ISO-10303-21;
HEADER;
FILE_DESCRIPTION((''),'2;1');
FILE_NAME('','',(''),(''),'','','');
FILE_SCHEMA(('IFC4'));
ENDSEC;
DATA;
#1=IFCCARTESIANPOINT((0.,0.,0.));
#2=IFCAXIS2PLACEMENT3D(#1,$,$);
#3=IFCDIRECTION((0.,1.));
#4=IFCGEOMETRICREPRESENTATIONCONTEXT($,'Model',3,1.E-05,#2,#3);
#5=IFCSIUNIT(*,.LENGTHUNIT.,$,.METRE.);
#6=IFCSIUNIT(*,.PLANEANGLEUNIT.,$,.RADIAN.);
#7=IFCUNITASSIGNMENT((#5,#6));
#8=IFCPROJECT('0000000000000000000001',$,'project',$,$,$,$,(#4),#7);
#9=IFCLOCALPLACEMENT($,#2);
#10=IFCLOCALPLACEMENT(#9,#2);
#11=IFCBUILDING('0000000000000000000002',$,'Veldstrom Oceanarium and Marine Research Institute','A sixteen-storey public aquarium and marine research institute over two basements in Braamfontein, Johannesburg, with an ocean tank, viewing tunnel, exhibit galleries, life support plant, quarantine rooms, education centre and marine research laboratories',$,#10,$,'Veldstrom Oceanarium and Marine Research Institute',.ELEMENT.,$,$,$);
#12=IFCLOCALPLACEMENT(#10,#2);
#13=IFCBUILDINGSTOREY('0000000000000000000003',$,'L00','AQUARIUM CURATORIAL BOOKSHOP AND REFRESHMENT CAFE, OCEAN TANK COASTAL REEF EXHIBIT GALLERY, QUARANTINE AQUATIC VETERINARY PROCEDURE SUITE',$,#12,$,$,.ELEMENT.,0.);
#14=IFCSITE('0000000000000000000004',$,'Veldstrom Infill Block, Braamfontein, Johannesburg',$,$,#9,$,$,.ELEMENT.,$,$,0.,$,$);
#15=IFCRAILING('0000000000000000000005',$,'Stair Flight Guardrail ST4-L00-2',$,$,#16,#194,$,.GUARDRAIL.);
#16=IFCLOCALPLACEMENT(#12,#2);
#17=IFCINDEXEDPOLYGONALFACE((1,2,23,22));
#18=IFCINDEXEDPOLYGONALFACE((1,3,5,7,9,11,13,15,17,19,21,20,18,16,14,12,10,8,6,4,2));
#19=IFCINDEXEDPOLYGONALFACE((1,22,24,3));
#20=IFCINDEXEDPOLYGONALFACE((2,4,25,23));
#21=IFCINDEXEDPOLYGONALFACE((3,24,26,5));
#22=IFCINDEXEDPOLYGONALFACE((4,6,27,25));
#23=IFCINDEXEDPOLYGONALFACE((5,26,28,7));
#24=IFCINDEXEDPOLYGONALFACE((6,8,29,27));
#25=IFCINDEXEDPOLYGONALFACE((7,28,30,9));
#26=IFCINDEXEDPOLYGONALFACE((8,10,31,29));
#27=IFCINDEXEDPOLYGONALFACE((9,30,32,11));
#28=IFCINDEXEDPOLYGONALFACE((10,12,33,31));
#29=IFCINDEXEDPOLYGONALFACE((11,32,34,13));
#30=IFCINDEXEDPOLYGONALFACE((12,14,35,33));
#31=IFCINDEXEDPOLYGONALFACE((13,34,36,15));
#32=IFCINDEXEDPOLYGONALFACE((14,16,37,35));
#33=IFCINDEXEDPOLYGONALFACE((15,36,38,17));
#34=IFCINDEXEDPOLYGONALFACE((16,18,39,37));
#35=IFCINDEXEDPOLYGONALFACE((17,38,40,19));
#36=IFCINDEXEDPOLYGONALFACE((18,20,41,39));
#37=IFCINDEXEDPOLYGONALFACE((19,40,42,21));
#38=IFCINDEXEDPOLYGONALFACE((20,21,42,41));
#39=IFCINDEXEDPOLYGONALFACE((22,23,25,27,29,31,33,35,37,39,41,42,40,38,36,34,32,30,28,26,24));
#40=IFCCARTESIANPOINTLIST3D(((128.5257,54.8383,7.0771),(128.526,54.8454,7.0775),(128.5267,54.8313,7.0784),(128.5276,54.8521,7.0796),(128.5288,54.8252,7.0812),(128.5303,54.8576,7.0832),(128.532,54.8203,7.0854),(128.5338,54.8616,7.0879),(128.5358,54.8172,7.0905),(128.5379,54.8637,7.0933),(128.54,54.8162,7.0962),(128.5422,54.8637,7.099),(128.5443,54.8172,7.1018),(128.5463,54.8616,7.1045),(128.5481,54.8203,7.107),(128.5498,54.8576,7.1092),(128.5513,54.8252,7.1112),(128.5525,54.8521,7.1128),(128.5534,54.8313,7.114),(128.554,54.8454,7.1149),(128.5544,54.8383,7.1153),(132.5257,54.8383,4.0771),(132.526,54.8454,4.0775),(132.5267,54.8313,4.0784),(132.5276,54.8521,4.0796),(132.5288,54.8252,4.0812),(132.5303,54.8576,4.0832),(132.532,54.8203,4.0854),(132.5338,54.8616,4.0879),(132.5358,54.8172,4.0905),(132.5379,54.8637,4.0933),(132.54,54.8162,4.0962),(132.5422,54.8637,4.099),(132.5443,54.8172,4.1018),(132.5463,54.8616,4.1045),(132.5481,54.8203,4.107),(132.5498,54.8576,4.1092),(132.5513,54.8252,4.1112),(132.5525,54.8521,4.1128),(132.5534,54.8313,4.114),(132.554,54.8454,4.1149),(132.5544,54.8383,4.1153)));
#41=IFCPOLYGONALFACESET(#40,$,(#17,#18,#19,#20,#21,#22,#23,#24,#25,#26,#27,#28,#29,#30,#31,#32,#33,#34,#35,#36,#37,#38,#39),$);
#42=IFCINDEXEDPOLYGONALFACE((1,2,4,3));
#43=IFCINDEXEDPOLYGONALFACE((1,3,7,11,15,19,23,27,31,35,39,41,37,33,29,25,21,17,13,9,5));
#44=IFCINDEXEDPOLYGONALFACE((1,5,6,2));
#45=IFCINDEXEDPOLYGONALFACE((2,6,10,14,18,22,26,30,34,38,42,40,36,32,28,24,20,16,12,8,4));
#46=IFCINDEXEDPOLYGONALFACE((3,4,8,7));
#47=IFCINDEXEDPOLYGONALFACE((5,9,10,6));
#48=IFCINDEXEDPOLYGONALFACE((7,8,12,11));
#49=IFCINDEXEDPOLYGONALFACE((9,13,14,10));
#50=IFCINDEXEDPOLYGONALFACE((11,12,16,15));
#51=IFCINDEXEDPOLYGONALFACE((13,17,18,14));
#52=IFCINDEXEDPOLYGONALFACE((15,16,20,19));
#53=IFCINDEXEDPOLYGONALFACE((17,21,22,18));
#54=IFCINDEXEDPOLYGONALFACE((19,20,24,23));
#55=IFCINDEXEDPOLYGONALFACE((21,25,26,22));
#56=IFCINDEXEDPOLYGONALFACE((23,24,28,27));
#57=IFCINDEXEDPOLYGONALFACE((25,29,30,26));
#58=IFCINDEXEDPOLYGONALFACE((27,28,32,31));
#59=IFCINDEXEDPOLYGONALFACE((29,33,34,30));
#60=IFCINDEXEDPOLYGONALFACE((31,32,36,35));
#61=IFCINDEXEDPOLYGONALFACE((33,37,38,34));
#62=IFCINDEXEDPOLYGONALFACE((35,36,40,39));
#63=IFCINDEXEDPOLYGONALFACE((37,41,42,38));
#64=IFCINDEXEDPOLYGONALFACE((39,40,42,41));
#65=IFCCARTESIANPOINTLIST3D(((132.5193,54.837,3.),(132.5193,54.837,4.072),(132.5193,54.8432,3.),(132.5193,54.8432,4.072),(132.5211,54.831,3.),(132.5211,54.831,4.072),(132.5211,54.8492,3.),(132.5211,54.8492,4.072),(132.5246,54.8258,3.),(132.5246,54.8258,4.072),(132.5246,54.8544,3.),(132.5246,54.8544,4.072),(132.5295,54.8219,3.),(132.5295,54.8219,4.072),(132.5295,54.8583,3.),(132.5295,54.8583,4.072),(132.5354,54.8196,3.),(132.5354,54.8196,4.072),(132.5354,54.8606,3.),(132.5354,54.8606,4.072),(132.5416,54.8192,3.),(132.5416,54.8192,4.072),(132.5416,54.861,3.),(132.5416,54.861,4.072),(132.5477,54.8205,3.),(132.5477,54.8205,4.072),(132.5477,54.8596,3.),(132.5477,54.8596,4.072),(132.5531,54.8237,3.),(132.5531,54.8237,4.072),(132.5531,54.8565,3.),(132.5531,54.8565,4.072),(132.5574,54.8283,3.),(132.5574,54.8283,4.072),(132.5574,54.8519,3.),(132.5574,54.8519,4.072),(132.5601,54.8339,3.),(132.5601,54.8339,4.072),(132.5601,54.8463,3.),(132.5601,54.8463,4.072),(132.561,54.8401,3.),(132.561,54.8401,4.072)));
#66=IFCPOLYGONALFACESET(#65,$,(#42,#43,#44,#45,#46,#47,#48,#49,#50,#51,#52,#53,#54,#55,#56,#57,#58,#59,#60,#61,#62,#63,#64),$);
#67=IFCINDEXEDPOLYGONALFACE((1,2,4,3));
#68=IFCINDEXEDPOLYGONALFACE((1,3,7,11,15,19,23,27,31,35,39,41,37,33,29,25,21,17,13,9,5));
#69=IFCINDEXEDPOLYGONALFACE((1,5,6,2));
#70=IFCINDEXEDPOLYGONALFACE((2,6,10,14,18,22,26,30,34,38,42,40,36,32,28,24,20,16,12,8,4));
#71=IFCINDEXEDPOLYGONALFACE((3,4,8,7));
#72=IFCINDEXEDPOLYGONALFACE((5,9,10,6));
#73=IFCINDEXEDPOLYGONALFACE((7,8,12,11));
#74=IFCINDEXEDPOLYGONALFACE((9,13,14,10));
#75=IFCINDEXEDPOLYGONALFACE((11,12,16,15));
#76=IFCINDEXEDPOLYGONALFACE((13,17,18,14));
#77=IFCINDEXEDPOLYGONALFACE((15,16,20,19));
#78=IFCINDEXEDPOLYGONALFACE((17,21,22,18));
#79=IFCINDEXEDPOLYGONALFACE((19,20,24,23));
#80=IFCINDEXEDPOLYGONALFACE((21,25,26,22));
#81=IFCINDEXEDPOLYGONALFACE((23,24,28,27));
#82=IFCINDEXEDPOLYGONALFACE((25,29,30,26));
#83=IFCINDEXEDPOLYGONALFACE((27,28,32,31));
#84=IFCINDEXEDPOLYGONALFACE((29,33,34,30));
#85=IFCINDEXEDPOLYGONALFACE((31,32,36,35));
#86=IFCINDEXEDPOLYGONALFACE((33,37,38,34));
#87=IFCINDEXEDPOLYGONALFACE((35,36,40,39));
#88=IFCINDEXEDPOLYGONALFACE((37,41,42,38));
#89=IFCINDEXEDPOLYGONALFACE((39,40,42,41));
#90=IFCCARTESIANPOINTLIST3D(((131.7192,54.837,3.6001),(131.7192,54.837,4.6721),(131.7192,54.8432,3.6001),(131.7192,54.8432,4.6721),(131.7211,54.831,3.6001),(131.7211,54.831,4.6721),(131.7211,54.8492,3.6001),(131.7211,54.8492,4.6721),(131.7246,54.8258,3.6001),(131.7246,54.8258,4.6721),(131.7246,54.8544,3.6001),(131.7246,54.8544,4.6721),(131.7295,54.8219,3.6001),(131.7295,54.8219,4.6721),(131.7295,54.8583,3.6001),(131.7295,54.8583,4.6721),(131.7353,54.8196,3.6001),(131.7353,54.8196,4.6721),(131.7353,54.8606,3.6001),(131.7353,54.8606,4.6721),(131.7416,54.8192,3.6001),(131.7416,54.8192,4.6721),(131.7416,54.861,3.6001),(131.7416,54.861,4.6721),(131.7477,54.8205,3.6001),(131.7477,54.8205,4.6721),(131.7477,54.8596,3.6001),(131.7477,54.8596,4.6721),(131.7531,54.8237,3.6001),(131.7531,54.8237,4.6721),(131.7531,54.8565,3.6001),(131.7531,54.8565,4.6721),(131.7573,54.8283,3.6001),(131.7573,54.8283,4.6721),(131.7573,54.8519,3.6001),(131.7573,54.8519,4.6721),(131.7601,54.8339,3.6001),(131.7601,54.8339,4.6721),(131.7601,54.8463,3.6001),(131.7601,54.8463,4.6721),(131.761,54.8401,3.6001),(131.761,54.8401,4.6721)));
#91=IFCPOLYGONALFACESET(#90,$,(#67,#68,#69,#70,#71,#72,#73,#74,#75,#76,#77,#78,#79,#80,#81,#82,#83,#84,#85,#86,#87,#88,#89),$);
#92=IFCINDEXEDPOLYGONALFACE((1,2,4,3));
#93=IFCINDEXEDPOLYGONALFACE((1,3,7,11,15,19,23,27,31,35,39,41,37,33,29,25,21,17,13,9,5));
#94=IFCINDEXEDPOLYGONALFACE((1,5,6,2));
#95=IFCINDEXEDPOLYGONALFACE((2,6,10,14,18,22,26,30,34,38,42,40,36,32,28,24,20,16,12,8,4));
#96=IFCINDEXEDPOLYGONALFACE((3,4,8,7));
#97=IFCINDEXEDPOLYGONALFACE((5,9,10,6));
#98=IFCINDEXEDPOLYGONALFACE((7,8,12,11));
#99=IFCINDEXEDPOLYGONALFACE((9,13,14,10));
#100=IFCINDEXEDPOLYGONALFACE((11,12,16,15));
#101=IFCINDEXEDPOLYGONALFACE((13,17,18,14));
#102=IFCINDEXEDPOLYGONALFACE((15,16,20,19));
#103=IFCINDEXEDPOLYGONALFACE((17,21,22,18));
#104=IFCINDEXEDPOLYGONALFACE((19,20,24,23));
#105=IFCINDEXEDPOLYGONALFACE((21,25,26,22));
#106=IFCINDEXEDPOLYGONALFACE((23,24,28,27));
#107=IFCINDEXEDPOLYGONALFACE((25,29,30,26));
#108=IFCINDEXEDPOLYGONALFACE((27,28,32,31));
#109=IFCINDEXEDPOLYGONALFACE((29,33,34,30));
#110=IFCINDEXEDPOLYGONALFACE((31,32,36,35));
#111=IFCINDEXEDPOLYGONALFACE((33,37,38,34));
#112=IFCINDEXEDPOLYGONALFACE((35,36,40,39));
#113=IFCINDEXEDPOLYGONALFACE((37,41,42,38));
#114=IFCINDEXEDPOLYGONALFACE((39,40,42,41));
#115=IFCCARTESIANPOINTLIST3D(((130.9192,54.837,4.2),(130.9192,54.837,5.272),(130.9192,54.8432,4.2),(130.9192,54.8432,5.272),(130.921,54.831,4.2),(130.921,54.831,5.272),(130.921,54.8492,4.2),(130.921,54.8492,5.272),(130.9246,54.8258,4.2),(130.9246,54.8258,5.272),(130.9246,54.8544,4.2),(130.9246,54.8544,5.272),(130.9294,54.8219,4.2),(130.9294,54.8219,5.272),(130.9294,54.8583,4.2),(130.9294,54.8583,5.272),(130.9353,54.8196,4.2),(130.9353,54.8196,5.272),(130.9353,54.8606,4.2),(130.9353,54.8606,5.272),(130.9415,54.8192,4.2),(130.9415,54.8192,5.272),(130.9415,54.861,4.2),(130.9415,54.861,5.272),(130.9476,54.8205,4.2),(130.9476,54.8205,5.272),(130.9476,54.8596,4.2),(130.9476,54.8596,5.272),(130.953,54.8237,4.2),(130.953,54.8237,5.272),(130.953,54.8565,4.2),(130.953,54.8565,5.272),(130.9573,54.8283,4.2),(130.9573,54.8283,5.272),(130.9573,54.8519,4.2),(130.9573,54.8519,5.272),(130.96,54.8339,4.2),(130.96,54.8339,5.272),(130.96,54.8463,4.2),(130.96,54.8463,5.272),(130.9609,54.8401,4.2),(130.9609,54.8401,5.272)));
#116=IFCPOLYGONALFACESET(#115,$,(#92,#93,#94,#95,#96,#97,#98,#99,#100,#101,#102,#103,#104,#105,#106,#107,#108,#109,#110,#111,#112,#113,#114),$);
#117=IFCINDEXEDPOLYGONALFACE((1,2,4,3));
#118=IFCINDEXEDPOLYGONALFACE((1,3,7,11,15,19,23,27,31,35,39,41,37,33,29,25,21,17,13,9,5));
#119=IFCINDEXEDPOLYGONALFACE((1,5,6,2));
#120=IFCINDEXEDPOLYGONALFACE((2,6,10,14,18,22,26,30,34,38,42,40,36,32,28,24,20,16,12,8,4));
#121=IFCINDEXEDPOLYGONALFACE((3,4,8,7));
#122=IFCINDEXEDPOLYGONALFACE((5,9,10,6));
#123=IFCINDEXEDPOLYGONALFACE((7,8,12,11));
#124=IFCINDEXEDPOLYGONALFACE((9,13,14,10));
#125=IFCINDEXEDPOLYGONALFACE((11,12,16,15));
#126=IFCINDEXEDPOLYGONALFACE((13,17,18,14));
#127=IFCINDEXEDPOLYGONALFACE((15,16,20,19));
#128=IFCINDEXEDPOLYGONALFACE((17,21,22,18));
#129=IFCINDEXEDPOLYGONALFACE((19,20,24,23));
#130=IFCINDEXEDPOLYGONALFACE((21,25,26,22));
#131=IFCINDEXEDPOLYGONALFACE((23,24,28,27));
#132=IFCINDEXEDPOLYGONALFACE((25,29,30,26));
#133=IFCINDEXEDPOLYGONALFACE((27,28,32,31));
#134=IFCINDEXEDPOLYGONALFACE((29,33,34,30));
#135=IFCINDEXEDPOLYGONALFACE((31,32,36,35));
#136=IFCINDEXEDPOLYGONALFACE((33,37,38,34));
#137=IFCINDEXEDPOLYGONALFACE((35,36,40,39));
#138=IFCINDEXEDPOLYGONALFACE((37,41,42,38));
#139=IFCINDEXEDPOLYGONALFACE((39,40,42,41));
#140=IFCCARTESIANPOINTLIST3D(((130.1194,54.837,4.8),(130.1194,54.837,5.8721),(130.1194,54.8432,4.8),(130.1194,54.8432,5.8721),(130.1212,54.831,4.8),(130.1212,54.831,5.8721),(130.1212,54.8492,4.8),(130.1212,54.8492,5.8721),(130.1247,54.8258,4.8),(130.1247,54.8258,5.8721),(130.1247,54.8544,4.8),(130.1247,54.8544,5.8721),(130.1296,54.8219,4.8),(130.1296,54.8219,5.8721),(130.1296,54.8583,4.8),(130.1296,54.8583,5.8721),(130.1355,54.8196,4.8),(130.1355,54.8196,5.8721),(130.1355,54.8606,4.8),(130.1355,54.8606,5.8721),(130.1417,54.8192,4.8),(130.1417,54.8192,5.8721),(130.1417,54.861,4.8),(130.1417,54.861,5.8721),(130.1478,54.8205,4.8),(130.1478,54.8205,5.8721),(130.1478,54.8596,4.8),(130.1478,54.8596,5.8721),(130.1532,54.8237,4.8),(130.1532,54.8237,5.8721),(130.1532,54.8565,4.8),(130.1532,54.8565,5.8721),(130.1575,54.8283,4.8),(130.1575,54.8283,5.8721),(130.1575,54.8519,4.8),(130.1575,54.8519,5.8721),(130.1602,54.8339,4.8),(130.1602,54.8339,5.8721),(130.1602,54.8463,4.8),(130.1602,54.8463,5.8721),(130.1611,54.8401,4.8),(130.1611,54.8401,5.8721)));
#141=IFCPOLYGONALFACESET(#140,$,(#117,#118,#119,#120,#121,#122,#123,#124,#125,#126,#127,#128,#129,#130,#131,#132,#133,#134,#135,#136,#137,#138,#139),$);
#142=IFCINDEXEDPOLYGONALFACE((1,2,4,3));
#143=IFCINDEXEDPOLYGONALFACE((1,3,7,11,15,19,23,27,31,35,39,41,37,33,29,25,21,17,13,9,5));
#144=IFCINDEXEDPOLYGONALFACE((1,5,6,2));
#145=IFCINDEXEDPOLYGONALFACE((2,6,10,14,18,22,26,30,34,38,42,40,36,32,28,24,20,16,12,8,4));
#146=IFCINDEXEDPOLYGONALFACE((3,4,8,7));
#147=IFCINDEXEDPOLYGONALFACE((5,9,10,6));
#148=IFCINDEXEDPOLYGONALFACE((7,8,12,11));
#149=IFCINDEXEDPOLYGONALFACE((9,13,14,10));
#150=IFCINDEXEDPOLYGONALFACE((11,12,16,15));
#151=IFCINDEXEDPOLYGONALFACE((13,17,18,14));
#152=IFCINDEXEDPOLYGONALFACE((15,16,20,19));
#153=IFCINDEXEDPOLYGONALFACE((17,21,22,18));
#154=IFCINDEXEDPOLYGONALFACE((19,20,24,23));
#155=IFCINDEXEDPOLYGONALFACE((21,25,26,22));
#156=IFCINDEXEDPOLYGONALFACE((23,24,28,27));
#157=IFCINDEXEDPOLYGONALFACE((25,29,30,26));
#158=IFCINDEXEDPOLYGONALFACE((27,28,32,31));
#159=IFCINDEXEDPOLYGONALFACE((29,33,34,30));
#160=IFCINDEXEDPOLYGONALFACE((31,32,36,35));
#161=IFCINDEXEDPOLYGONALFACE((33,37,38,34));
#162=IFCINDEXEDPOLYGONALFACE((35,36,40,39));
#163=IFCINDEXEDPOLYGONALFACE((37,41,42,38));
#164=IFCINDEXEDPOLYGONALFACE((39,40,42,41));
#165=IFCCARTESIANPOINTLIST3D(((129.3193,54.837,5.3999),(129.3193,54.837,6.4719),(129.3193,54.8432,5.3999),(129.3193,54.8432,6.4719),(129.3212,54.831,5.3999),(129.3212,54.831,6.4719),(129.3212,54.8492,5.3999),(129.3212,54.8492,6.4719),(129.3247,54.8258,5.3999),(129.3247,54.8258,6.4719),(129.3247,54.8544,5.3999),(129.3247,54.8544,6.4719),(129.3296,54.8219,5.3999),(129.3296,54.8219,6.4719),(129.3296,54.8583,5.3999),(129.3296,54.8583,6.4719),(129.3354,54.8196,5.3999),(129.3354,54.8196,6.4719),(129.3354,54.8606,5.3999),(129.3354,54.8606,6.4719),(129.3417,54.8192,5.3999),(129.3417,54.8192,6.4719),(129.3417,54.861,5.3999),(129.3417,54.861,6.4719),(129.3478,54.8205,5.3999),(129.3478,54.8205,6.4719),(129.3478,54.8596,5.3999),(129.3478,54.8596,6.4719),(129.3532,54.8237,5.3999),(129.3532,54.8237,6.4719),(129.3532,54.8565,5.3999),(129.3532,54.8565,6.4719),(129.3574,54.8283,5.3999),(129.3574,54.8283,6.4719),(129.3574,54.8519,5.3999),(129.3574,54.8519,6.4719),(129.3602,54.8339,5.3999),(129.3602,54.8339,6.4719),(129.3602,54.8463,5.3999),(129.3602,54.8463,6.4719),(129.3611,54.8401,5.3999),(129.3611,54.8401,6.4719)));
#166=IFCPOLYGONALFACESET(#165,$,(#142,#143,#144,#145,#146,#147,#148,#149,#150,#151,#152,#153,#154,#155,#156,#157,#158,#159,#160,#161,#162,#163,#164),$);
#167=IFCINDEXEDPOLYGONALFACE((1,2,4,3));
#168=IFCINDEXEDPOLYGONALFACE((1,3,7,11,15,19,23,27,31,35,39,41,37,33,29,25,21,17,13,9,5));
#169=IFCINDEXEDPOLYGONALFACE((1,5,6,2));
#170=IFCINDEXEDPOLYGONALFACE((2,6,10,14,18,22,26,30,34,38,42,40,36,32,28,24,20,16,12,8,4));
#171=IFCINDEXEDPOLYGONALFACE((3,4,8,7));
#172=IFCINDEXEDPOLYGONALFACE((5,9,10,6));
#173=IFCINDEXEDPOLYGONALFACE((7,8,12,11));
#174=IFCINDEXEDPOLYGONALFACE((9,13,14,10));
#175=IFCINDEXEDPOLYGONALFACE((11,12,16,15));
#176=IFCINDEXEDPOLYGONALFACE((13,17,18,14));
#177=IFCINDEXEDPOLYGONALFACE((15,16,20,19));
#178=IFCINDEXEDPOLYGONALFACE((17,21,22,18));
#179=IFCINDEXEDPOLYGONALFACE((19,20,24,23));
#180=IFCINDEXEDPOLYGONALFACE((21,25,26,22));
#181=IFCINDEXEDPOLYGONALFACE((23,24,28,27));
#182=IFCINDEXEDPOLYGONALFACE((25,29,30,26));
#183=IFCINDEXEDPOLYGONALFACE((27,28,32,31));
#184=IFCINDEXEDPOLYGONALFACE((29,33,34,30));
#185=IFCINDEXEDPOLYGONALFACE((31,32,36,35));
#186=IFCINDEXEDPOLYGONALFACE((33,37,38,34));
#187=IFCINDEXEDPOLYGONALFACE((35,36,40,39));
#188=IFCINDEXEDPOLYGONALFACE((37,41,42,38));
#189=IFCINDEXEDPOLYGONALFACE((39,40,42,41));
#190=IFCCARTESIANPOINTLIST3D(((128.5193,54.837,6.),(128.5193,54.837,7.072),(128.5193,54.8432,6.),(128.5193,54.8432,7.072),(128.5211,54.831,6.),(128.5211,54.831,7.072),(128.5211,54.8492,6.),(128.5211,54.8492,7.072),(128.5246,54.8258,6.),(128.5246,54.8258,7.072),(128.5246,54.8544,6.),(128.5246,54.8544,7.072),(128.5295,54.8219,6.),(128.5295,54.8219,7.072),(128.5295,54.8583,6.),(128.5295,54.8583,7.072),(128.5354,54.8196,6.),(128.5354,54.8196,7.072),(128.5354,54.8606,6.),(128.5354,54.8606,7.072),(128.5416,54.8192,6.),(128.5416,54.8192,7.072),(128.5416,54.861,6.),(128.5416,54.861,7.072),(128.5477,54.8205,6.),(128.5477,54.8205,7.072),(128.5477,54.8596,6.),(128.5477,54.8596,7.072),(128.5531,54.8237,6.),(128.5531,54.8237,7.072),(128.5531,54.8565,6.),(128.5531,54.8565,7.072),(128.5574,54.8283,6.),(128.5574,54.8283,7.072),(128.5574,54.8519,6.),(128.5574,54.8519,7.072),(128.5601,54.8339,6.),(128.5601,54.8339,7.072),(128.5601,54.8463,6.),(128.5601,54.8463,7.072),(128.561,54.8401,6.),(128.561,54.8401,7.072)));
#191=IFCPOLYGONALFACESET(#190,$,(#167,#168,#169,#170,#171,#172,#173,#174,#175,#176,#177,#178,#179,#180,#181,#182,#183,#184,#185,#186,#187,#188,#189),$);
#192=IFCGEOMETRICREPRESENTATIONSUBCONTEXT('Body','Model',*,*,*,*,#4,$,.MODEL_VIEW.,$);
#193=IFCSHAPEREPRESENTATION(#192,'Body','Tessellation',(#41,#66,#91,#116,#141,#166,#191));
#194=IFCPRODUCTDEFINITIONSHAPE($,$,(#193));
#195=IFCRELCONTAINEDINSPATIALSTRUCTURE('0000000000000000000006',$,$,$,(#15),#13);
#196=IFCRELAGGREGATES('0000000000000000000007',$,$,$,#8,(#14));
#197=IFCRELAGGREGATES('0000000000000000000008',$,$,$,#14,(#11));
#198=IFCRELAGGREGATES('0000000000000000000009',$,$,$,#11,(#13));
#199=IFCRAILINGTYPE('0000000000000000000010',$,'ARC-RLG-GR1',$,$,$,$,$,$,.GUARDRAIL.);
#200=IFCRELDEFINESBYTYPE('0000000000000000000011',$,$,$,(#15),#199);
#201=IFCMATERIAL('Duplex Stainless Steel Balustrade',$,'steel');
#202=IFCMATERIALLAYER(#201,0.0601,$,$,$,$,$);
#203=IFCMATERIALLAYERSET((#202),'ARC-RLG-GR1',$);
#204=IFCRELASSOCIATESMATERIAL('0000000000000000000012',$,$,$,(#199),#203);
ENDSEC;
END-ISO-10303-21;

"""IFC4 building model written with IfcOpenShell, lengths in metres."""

from ifc_helpers import new_model, si_unit, direction, frame, origin, origin_2d, place, context, subcontext, project, spatial, circle, extrude, material, layer, layer_set, type_object, element, save


model = new_model("IFC4")

# Units and contexts
model_context = context("Model", 3, precision=1e-05, world=origin(), true_north=direction((0.0, 1.0)))
body_context = subcontext(model_context, "Body", "Model", "MODEL_VIEW")
ifc_project = project(units=[si_unit("LENGTHUNIT", "METRE"), si_unit("PLANEANGLEUNIT", "RADIAN")], contexts=[model_context])

# Site, building, storey
site_placement = place(None, origin())
site = spatial("IfcSite", under=ifc_project, at=site_placement, Name="Veldstrom Infill Block, Braamfontein, Johannesburg", CompositionType="ELEMENT", RefElevation=0.0)
building_placement = place(site_placement, origin())
building = spatial("IfcBuilding", under=site, at=building_placement, Name="Veldstrom Oceanarium and Marine Research Institute", Description="A sixteen-storey public aquarium and marine research institute over two basements in Braamfontein, Johannesburg, with an ocean tank, viewing tunnel, exhibit galleries, life support plant, quarantine rooms, education centre and marine research laboratories", LongName="Veldstrom Oceanarium and Marine Research Institute", CompositionType="ELEMENT")
storey_placement = place(building_placement, origin())
storey = spatial("IfcBuildingStorey", under=building, at=storey_placement, Name="L00", Description="AQUARIUM CURATORIAL BOOKSHOP AND REFRESHMENT CAFE, OCEAN TANK COASTAL REEF EXHIBIT GALLERY, QUARANTINE AQUATIC VETERINARY PROCEDURE SUITE", CompositionType="ELEMENT", Elevation=0.0)

# Railing
ifc_material_1 = material(Name="Duplex Stainless Steel Balustrade", Category="steel")
ifc_layer_1 = layer(ifc_material_1, 0.0601)
ifc_layer_set_1 = layer_set([ifc_layer_1], Name="ARC-RLG-GR1")
railing_type_1 = type_object("IfcRailingType", Name="ARC-RLG-GR1", PredefinedType="GUARDRAIL", material=ifc_layer_set_1)
railing_1_placement = place(storey_placement, frame((132.54, 54.8401, 3.0)))
element("IfcRailing", 1, at=railing_1_placement, inside=storey, type_object=railing_type_1, Name="Stair Flight Guardrail ST4-L00-2", PredefinedType="GUARDRAIL", context=body_context, shape_type="SweptSolid", body=[
    extrude(circle(Radius=0.0239, at=origin_2d()), frame((0.0, 0.0, 1.0962), z_axis=(-0.8, 0.0, 0.6), x_axis=(0.0, -1.0, 0.0)), (0.0, 0.0, 1.0), 5.0),
    extrude(circle(Radius=0.021, at=origin_2d()), origin(), (0.0, 0.0, 1.0), 1.072),
    extrude(circle(Radius=0.021, at=origin_2d()), frame((-0.8, 0.0, 0.6001)), (0.0, 0.0, 1.0), 1.072),
    extrude(circle(Radius=0.021, at=origin_2d()), frame((-1.6001, 0.0, 1.2)), (0.0, 0.0, 1.0), 1.072),
    extrude(circle(Radius=0.021, at=origin_2d()), frame((-2.3999, 0.0, 1.8)), (0.0, 0.0, 1.0), 1.072),
    extrude(circle(Radius=0.021, at=origin_2d()), frame((-3.2, 0.0, 2.3999)), (0.0, 0.0, 1.0), 1.072),
    extrude(circle(Radius=0.021, at=origin_2d()), frame((-4.0, 0.0, 3.0)), (0.0, 0.0, 1.0), 1.072),
])

save(model, "model.ifc")
